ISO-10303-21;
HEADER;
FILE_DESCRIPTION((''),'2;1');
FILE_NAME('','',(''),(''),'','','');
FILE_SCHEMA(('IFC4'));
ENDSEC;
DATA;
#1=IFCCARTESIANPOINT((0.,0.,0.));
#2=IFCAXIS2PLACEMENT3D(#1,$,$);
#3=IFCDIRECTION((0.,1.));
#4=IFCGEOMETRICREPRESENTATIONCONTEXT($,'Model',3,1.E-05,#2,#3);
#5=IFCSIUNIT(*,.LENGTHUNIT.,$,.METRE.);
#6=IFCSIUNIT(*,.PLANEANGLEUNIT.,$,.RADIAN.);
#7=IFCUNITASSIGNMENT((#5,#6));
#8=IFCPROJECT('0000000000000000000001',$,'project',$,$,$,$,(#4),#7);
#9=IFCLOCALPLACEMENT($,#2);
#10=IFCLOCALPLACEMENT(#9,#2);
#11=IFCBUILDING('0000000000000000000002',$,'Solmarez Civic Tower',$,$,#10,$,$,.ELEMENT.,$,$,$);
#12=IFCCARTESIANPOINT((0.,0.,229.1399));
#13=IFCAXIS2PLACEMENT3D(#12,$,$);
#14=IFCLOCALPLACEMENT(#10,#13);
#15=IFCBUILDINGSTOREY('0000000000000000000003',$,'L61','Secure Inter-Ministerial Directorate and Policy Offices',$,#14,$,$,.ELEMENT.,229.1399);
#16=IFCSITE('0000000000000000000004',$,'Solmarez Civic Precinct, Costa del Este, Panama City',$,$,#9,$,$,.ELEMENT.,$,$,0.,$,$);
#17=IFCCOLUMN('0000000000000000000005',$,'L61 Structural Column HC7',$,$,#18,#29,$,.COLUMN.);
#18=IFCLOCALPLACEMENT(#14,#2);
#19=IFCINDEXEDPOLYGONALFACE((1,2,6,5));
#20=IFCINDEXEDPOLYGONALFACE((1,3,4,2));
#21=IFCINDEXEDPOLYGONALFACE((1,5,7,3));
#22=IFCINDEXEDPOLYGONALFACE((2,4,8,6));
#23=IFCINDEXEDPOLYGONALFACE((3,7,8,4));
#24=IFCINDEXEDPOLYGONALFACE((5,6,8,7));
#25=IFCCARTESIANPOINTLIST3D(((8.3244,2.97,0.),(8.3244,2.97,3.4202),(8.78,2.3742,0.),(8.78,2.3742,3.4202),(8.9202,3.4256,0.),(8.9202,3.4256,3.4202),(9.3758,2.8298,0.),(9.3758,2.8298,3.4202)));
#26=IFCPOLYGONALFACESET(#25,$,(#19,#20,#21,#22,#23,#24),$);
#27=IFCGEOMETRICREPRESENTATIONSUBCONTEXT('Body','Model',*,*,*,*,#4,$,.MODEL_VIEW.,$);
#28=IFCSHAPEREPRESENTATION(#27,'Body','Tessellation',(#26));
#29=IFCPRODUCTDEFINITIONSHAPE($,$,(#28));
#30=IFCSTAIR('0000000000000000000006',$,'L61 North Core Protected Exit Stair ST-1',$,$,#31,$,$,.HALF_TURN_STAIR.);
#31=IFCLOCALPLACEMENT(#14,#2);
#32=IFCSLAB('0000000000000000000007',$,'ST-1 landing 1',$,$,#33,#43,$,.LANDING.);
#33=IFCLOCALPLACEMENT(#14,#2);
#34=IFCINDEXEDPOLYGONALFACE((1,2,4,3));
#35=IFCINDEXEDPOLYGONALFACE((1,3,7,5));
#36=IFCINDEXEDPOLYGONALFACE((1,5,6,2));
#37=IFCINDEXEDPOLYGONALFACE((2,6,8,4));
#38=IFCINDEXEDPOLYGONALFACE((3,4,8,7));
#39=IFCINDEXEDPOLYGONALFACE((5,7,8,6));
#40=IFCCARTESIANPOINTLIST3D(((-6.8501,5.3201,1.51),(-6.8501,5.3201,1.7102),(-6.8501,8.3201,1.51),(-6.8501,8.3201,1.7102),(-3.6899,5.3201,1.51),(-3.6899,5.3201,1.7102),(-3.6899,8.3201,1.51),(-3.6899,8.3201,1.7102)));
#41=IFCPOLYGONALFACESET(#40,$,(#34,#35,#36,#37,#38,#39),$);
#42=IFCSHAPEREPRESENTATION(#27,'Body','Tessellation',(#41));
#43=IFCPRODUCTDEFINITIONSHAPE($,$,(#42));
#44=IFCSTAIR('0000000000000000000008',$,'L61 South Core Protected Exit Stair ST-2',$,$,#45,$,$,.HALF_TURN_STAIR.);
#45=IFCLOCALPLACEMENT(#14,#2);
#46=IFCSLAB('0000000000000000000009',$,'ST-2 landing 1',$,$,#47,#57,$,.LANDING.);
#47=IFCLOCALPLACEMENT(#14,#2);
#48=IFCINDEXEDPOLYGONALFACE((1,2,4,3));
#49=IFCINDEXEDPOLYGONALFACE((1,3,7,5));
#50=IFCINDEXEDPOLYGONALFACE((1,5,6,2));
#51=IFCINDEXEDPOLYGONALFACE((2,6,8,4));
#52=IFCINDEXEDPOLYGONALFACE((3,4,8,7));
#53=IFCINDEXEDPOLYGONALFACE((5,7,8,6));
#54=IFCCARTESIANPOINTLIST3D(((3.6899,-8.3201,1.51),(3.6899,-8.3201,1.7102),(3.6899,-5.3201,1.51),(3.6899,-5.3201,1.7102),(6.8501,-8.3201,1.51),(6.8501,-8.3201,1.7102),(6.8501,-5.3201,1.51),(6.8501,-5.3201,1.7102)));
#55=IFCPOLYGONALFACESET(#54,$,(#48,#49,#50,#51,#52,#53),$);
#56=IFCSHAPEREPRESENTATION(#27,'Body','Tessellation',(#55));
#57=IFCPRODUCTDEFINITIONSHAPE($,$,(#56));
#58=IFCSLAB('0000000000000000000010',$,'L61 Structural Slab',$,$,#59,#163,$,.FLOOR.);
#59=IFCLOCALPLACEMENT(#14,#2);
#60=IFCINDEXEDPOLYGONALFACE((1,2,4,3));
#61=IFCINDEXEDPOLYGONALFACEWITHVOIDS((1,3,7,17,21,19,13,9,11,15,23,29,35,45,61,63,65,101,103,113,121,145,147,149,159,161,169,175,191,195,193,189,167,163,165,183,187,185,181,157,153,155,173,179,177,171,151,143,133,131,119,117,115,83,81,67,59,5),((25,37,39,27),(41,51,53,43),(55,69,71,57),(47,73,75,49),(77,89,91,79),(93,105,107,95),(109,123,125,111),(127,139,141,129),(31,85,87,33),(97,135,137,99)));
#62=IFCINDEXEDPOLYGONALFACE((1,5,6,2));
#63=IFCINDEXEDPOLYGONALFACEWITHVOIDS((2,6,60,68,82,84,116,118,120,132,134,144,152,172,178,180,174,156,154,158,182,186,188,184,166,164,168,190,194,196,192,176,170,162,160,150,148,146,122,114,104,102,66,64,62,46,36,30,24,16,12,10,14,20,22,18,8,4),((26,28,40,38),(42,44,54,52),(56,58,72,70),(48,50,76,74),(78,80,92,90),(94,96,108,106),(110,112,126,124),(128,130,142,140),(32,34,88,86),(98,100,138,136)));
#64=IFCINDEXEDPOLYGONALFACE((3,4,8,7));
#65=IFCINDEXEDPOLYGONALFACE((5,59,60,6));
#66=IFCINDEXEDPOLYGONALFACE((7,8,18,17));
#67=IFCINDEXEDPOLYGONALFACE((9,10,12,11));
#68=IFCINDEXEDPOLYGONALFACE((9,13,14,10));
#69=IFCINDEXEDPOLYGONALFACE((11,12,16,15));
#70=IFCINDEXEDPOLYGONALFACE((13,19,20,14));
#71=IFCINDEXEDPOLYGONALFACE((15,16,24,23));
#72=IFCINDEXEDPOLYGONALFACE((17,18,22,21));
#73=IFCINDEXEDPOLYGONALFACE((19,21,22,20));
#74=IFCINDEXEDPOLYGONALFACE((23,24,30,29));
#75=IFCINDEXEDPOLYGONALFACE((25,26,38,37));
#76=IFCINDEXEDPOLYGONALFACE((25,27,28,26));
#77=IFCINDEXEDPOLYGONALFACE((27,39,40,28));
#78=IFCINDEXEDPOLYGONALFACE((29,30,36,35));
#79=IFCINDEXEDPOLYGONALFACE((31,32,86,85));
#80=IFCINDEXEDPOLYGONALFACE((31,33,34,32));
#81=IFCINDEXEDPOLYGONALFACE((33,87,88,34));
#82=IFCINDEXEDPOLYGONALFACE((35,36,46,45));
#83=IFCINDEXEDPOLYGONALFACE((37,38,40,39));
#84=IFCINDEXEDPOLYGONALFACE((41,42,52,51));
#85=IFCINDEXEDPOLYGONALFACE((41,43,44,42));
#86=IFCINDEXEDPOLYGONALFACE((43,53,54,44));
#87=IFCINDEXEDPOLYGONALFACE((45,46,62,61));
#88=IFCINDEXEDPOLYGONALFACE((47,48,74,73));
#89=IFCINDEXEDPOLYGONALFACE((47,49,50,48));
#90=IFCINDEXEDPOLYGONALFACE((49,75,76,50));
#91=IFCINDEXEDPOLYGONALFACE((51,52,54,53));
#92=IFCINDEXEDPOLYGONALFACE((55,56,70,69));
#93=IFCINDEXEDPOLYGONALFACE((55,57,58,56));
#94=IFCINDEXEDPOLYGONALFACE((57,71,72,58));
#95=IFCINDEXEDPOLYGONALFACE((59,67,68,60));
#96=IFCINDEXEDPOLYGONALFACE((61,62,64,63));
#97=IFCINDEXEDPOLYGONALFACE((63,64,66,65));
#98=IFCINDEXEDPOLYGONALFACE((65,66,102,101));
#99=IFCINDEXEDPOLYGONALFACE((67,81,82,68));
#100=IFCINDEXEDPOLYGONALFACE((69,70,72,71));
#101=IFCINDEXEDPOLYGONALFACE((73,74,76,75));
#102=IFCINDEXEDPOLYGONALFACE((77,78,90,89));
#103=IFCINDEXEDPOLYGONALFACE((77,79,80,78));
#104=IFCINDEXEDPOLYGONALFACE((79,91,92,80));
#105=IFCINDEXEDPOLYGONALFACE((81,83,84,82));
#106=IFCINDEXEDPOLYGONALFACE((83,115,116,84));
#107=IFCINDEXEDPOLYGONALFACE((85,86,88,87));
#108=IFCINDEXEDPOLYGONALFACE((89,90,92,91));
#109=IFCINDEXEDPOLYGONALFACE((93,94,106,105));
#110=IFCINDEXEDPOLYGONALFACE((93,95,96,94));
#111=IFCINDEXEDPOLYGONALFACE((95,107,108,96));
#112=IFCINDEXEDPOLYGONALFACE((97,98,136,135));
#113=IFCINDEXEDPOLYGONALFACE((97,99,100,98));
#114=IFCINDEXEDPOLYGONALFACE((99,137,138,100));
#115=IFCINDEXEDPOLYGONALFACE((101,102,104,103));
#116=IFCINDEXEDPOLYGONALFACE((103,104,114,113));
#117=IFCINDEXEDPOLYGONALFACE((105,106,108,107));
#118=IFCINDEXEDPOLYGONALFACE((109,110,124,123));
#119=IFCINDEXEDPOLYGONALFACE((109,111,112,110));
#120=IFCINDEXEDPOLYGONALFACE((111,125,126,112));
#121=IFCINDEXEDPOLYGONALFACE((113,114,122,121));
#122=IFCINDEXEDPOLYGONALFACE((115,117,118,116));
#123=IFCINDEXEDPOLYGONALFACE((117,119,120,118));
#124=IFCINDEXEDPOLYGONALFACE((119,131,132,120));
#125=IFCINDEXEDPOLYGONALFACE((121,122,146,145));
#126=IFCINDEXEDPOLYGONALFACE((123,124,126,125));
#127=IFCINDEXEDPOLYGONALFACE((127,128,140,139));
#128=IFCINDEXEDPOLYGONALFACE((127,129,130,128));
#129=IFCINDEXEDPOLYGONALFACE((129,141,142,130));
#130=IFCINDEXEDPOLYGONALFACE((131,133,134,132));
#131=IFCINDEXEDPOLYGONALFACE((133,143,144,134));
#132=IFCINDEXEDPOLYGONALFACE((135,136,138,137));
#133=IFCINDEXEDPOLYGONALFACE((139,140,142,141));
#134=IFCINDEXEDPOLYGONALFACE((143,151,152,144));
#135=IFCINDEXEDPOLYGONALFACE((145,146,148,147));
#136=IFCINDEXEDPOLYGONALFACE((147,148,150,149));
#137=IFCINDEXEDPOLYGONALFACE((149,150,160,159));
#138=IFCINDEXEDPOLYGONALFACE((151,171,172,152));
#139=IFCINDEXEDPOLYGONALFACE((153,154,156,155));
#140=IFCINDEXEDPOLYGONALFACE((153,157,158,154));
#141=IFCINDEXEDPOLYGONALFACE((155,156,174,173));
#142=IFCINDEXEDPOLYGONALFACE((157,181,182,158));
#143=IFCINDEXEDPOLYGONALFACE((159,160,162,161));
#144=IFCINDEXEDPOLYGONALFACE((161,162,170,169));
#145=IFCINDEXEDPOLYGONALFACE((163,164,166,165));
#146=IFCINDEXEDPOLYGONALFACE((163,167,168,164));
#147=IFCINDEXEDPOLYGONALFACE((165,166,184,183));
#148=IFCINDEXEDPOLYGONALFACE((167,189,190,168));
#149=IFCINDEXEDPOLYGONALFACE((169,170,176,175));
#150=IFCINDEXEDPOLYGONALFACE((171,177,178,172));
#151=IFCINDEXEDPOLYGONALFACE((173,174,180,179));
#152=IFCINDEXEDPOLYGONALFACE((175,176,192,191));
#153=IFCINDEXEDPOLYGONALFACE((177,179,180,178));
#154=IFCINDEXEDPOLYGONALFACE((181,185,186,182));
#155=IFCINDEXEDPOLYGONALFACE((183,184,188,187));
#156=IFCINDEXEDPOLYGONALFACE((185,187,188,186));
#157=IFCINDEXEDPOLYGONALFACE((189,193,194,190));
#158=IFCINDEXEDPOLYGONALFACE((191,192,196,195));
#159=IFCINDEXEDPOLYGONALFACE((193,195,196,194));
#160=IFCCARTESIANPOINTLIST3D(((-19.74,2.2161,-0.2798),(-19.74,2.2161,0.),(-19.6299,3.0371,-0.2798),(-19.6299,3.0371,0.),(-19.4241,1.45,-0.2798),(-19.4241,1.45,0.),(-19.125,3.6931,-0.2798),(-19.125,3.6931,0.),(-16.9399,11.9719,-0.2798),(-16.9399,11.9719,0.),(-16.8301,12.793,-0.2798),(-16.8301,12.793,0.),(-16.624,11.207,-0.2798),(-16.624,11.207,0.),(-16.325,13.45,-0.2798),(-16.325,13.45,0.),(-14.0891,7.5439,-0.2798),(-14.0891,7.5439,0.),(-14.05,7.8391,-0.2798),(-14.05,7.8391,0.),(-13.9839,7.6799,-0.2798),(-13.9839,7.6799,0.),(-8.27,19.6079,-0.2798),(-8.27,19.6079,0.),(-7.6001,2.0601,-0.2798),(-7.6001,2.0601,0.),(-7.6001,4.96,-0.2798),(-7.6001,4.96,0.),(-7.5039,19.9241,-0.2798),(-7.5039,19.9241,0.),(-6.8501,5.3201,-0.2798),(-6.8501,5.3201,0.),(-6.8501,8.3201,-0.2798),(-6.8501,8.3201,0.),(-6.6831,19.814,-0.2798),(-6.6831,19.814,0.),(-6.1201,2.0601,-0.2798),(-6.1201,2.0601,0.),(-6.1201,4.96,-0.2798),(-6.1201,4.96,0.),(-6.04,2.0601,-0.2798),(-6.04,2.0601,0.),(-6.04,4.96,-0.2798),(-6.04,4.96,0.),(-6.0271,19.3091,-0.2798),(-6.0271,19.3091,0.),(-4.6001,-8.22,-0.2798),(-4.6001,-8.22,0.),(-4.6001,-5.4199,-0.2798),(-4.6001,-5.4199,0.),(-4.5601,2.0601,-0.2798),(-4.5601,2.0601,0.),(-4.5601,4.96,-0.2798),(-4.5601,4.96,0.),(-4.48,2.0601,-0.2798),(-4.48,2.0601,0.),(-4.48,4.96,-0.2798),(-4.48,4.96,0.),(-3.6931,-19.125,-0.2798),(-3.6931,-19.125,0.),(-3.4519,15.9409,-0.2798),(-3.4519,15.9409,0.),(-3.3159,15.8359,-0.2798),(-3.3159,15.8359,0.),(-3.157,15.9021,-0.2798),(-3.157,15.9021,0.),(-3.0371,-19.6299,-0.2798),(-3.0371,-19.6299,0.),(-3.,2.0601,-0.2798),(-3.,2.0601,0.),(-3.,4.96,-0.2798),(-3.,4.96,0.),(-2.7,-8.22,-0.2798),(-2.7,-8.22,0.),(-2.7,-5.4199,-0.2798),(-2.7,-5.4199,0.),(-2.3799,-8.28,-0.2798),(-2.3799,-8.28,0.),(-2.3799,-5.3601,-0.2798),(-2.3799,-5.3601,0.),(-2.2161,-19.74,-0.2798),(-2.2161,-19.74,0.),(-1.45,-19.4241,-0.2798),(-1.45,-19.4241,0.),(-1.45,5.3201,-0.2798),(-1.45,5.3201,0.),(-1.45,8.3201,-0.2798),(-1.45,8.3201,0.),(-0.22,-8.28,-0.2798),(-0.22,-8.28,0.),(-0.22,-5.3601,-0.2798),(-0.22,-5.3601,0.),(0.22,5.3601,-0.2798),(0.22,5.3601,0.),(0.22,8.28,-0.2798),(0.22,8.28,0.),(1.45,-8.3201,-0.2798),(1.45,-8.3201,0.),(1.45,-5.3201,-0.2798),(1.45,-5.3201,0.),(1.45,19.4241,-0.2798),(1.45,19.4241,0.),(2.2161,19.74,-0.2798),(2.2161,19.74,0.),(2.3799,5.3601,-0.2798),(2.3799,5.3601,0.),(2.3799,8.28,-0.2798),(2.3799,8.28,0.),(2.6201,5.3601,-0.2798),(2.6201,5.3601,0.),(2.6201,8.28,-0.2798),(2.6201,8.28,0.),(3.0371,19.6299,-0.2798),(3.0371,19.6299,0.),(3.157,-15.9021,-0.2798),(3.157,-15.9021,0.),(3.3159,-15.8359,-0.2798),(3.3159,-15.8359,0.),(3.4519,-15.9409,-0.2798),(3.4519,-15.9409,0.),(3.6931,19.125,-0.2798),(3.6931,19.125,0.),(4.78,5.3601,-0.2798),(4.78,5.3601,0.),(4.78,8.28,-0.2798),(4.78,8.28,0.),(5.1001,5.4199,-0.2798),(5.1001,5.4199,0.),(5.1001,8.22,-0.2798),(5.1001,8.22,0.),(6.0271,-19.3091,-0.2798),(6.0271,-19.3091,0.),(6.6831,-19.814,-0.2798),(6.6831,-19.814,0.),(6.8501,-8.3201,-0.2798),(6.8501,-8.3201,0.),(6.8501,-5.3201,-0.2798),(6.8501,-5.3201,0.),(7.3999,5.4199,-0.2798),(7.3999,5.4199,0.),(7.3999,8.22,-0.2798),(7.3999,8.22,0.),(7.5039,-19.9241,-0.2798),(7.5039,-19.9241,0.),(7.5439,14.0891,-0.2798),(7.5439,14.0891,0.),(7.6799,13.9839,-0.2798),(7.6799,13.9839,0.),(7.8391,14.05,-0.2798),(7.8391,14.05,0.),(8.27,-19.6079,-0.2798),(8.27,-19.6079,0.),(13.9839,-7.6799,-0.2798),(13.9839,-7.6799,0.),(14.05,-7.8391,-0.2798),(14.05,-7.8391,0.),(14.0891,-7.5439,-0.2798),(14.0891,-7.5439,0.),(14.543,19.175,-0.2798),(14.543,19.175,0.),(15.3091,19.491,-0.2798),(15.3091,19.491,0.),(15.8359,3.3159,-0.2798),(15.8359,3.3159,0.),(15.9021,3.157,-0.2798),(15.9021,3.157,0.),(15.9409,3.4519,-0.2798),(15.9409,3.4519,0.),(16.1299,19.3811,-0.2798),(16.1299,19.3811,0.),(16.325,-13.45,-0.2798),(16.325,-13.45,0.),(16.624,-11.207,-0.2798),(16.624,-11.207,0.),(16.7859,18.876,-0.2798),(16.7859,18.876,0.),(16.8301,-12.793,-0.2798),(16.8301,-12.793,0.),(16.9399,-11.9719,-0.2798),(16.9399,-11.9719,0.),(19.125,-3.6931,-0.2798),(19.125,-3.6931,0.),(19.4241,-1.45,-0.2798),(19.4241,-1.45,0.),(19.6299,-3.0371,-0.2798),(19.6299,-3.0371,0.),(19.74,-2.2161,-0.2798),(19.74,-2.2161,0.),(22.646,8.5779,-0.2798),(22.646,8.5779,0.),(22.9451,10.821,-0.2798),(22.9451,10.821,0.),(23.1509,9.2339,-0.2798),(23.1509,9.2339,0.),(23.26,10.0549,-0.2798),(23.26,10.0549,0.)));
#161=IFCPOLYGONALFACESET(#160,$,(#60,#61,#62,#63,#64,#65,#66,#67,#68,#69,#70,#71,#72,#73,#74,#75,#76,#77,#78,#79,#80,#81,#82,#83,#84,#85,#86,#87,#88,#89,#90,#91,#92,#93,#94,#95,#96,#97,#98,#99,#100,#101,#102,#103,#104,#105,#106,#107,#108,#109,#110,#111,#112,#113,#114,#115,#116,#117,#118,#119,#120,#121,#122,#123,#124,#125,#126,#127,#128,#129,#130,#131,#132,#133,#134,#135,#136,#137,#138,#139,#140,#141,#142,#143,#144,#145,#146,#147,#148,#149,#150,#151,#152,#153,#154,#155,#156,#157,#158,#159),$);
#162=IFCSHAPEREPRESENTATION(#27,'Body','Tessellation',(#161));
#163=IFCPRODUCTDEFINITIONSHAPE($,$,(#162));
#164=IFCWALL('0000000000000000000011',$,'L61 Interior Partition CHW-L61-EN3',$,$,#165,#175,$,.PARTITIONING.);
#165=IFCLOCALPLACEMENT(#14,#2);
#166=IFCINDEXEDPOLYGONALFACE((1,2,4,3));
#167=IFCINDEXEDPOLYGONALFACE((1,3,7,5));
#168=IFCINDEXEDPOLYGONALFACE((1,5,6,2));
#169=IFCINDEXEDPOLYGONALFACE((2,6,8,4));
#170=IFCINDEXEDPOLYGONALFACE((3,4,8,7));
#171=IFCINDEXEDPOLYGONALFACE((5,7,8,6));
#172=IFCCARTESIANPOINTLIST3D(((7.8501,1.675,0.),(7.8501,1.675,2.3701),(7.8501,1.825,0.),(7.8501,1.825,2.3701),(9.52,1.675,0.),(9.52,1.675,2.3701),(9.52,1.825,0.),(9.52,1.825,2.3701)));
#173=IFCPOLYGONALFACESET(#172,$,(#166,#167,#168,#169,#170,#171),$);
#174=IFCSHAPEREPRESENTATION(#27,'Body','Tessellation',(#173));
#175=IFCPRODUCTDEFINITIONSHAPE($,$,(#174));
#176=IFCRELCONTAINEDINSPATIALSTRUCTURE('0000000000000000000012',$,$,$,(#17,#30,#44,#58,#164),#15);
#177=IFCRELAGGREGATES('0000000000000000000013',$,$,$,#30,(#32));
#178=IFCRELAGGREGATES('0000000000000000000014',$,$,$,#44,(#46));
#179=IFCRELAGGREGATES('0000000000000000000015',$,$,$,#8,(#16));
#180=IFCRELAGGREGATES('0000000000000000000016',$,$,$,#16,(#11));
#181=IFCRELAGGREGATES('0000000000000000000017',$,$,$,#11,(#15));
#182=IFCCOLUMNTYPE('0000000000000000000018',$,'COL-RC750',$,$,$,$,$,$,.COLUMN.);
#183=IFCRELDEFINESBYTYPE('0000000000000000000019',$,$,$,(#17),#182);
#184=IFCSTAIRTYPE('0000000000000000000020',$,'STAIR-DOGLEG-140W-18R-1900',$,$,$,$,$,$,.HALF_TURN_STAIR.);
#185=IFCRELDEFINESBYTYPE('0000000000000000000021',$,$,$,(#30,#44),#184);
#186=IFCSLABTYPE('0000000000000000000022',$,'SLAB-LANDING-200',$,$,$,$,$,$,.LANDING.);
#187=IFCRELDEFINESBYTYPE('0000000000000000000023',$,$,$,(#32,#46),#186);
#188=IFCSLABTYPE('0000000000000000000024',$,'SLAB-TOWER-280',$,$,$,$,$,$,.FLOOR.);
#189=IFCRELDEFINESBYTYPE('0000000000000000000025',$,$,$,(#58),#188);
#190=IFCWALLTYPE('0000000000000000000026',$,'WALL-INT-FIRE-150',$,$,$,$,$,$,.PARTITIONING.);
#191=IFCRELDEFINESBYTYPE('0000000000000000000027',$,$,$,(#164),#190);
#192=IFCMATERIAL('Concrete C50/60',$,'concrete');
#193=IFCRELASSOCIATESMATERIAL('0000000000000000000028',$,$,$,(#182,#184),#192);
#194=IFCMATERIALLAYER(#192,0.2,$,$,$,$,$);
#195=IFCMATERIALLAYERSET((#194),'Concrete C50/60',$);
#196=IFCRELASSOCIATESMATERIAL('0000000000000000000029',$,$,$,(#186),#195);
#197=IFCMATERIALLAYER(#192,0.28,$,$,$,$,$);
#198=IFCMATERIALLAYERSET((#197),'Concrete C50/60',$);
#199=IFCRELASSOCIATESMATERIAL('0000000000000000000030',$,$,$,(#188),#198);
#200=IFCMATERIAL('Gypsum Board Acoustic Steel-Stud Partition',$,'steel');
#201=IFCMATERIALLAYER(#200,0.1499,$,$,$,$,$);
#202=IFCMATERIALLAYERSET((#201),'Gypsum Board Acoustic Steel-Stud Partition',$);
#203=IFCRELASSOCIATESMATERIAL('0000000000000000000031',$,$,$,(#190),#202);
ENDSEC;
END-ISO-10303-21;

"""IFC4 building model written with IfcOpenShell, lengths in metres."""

from ifc_helpers import new_model, si_unit, direction, frame, frame_2d, origin, origin_2d, place, context, subcontext, project, spatial, polyline, rectangle, outline, extrude, material, layer, layer_set, material_profile, profile_set, type_object, element, aggregate, save


model = new_model("IFC4")

# Units and contexts
model_context = context("Model", 3, precision=1e-05, world=origin(), true_north=direction((0.0, 1.0)))
body_context = subcontext(model_context, "Body", "Model", "MODEL_VIEW")
ifc_project = project(units=[si_unit("LENGTHUNIT", "METRE"), si_unit("PLANEANGLEUNIT", "RADIAN")], contexts=[model_context])

# Site, building, storey
site_placement = place(None, origin())
site = spatial("IfcSite", under=ifc_project, at=site_placement, Name="Solmarez Civic Precinct, Costa del Este, Panama City", CompositionType="ELEMENT", RefElevation=0.0)
building_placement = place(site_placement, origin())
building = spatial("IfcBuilding", under=site, at=building_placement, Name="Solmarez Civic Tower", CompositionType="ELEMENT")
storey_placement = place(building_placement, frame((0.0, 0.0, 229.1399)))
storey = spatial("IfcBuildingStorey", under=building, at=storey_placement, Name="L61", Description="Secure Inter-Ministerial Directorate and Policy Offices", CompositionType="ELEMENT", Elevation=229.1399)

# Column
ifc_material_1 = material(Name="Concrete C50/60", Category="concrete")
ifc_material_profile = material_profile(ifc_material_1, rectangle(XDim=0.75, YDim=0.75, at=origin_2d()), Name="RC750X750")
ifc_profile_set = profile_set([ifc_material_profile], Name="Concrete C50/60")
column_type = type_object("IfcColumnType", Name="COL-RC750", PredefinedType="COLUMN", material=ifc_profile_set)
column_placement = place(storey_placement, frame((8.8501, 2.8999, 0.0), z_axis=(0.0, 0.0, 1.0), x_axis=(0.794415, 0.607376, 0.0)))
element("IfcColumn", 1, at=column_placement, inside=storey, type_object=column_type, Name="L61 Structural Column HC7", PredefinedType="COLUMN", context=body_context, shape_type="SweptSolid", body=[
    extrude(rectangle(XDim=0.75, YDim=0.75, at=origin_2d()), origin(), (0.0, 0.0, 1.0), 3.4202),
])

# Stairs, slabs
stair_type = type_object("IfcStairType", Name="STAIR-DOGLEG-140W-18R-1900", PredefinedType="HALF_TURN_STAIR", material=ifc_material_1)
stair_1_placement = place(storey_placement, origin())
stair_1 = element("IfcStair", 2, at=stair_1_placement, inside=storey, type_object=stair_type, Name="L61 North Core Protected Exit Stair ST-1", PredefinedType="HALF_TURN_STAIR")
ifc_layer_1 = layer(ifc_material_1, 0.2)
ifc_layer_set_1 = layer_set([ifc_layer_1], Name="Concrete C50/60")
slab_type_1 = type_object("IfcSlabType", Name="SLAB-LANDING-200", PredefinedType="LANDING", material=ifc_layer_set_1)
slab_1_placement = place(storey_placement, frame((0.0, 0.0, 1.51)))
slab_1 = element("IfcSlab", 3, at=slab_1_placement, type_object=slab_type_1, Name="ST-1 landing 1", PredefinedType="LANDING", context=body_context, shape_type="SweptSolid", body=[
    extrude(outline(polyline([(-3.6899, 8.3201), (-6.8501, 8.3201), (-6.8501, 5.3201), (-3.6899, 5.3201), (-3.6899, 8.3201)])), origin(), (0.0, 0.0, 1.0), 0.2002),
])
aggregate(stair_1, [slab_1])
stair_2_placement = place(storey_placement, origin())
stair_2 = element("IfcStair", 4, at=stair_2_placement, inside=storey, type_object=stair_type, Name="L61 South Core Protected Exit Stair ST-2", PredefinedType="HALF_TURN_STAIR")
slab_2_placement = place(storey_placement, frame((0.0, 0.0, 1.51)))
slab_2 = element("IfcSlab", 5, at=slab_2_placement, type_object=slab_type_1, Name="ST-2 landing 1", PredefinedType="LANDING", context=body_context, shape_type="SweptSolid", body=[
    extrude(outline(polyline([(3.6899, -8.3201), (6.8501, -8.3201), (6.8501, -5.3201), (3.6899, -5.3201), (3.6899, -8.3201)])), origin(), (0.0, 0.0, 1.0), 0.2002),
])
aggregate(stair_2, [slab_2])

# Slab
ifc_layer_2 = layer(ifc_material_1, 0.28)
ifc_layer_set_2 = layer_set([ifc_layer_2], Name="Concrete C50/60")
slab_type_2 = type_object("IfcSlabType", Name="SLAB-TOWER-280", PredefinedType="FLOOR", material=ifc_layer_set_2)
slab_3_placement = place(storey_placement, frame((0.0, 0.0, -0.2798)))
element("IfcSlab", 6, at=slab_3_placement, inside=storey, type_object=slab_type_2, Name="L61 Structural Slab", PredefinedType="FLOOR", context=body_context, shape_type="SweptSolid", body=[
    extrude(outline(polyline([(3.4519, -15.9409), (6.0271, -19.3091), (6.6831, -19.814), (7.5039, -19.9241), (8.27, -19.6079), (16.325, -13.45), (16.8301, -12.793), (16.9399, -11.9719), (16.624, -11.207), (14.05, -7.8391), (13.9839, -7.6799), (14.0891, -7.5439), (19.125, -3.6931), (19.6299, -3.0371), (19.74, -2.2161), (19.4241, -1.45), (15.9021, 3.157), (15.8359, 3.3159), (15.9409, 3.4519), (22.646, 8.5779), (23.1509, 9.2339), (23.26, 10.0549), (22.9451, 10.821), (16.7859, 18.876), (16.1299, 19.3811), (15.3091, 19.491), (14.543, 19.175), (7.8391, 14.05), (7.6799, 13.9839), (7.5439, 14.0891), (3.6931, 19.125), (3.0371, 19.6299), (2.2161, 19.74), (1.45, 19.4241), (-3.157, 15.9021), (-3.3159, 15.8359), (-3.4519, 15.9409), (-6.0271, 19.3091), (-6.6831, 19.814), (-7.5039, 19.9241), (-8.27, 19.6079), (-16.325, 13.45), (-16.8301, 12.793), (-16.9399, 11.9719), (-16.624, 11.207), (-14.05, 7.8391), (-13.9839, 7.6799), (-14.0891, 7.5439), (-19.125, 3.6931), (-19.6299, 3.0371), (-19.74, 2.2161), (-19.4241, 1.45), (-3.6931, -19.125), (-3.0371, -19.6299), (-2.2161, -19.74), (-1.45, -19.4241), (3.157, -15.9021), (3.3159, -15.8359), (3.4519, -15.9409)]), holes=[polyline([(-1.45, 8.3201), (-6.8501, 8.3201), (-6.8501, 5.3201), (-1.45, 5.3201), (-1.45, 8.3201)]), polyline([(1.45, -8.3201), (6.8501, -8.3201), (6.8501, -5.3201), (1.45, -5.3201), (1.45, -8.3201)]), polyline([(0.22, 5.3601), (2.3799, 5.3601), (2.3799, 8.28), (0.22, 8.28), (0.22, 5.3601)]), polyline([(2.6201, 5.3601), (4.78, 5.3601), (4.78, 8.28), (2.6201, 8.28), (2.6201, 5.3601)]), polyline([(-2.3799, -8.28), (-0.22, -8.28), (-0.22, -5.3601), (-2.3799, -5.3601), (-2.3799, -8.28)]), polyline([(-7.6001, 2.0601), (-6.1201, 2.0601), (-6.1201, 4.96), (-7.6001, 4.96), (-7.6001, 2.0601)]), polyline([(-6.04, 2.0601), (-4.5601, 2.0601), (-4.5601, 4.96), (-6.04, 4.96), (-6.04, 2.0601)]), polyline([(-4.48, 2.0601), (-3.0, 2.0601), (-3.0, 4.96), (-4.48, 4.96), (-4.48, 2.0601)]), polyline([(5.1001, 5.4199), (7.3999, 5.4199), (7.3999, 8.22), (5.1001, 8.22), (5.1001, 5.4199)]), polyline([(-4.6001, -8.22), (-2.7, -8.22), (-2.7, -5.4199), (-4.6001, -5.4199), (-4.6001, -8.22)])]), origin(), (0.0, 0.0, 1.0), 0.2798),
])

# Wall
ifc_material_2 = material(Name="Gypsum Board Acoustic Steel-Stud Partition", Category="steel")
ifc_layer_3 = layer(ifc_material_2, 0.1499)
ifc_layer_set_3 = layer_set([ifc_layer_3], Name="Gypsum Board Acoustic Steel-Stud Partition")
wall_type_1 = type_object("IfcWallType", Name="WALL-INT-FIRE-150", PredefinedType="PARTITIONING", material=ifc_layer_set_3)
wall_1_placement = place(storey_placement, frame((7.8501, 1.75, 0.0), z_axis=(0.0, 0.0, 1.0), x_axis=(1.0, 0.0, 0.0)))
element("IfcWall", 7, at=wall_1_placement, inside=storey, type_object=wall_type_1, Name="L61 Interior Partition CHW-L61-EN3", PredefinedType="PARTITIONING", context=body_context, shape_type="SweptSolid", body=[
    extrude(rectangle(XDim=1.6699, YDim=0.1499, at=frame_2d((0.835, 0.0))), origin(), (0.0, 0.0, 1.0), 2.3701),
])

save(model, "model.ifc")
